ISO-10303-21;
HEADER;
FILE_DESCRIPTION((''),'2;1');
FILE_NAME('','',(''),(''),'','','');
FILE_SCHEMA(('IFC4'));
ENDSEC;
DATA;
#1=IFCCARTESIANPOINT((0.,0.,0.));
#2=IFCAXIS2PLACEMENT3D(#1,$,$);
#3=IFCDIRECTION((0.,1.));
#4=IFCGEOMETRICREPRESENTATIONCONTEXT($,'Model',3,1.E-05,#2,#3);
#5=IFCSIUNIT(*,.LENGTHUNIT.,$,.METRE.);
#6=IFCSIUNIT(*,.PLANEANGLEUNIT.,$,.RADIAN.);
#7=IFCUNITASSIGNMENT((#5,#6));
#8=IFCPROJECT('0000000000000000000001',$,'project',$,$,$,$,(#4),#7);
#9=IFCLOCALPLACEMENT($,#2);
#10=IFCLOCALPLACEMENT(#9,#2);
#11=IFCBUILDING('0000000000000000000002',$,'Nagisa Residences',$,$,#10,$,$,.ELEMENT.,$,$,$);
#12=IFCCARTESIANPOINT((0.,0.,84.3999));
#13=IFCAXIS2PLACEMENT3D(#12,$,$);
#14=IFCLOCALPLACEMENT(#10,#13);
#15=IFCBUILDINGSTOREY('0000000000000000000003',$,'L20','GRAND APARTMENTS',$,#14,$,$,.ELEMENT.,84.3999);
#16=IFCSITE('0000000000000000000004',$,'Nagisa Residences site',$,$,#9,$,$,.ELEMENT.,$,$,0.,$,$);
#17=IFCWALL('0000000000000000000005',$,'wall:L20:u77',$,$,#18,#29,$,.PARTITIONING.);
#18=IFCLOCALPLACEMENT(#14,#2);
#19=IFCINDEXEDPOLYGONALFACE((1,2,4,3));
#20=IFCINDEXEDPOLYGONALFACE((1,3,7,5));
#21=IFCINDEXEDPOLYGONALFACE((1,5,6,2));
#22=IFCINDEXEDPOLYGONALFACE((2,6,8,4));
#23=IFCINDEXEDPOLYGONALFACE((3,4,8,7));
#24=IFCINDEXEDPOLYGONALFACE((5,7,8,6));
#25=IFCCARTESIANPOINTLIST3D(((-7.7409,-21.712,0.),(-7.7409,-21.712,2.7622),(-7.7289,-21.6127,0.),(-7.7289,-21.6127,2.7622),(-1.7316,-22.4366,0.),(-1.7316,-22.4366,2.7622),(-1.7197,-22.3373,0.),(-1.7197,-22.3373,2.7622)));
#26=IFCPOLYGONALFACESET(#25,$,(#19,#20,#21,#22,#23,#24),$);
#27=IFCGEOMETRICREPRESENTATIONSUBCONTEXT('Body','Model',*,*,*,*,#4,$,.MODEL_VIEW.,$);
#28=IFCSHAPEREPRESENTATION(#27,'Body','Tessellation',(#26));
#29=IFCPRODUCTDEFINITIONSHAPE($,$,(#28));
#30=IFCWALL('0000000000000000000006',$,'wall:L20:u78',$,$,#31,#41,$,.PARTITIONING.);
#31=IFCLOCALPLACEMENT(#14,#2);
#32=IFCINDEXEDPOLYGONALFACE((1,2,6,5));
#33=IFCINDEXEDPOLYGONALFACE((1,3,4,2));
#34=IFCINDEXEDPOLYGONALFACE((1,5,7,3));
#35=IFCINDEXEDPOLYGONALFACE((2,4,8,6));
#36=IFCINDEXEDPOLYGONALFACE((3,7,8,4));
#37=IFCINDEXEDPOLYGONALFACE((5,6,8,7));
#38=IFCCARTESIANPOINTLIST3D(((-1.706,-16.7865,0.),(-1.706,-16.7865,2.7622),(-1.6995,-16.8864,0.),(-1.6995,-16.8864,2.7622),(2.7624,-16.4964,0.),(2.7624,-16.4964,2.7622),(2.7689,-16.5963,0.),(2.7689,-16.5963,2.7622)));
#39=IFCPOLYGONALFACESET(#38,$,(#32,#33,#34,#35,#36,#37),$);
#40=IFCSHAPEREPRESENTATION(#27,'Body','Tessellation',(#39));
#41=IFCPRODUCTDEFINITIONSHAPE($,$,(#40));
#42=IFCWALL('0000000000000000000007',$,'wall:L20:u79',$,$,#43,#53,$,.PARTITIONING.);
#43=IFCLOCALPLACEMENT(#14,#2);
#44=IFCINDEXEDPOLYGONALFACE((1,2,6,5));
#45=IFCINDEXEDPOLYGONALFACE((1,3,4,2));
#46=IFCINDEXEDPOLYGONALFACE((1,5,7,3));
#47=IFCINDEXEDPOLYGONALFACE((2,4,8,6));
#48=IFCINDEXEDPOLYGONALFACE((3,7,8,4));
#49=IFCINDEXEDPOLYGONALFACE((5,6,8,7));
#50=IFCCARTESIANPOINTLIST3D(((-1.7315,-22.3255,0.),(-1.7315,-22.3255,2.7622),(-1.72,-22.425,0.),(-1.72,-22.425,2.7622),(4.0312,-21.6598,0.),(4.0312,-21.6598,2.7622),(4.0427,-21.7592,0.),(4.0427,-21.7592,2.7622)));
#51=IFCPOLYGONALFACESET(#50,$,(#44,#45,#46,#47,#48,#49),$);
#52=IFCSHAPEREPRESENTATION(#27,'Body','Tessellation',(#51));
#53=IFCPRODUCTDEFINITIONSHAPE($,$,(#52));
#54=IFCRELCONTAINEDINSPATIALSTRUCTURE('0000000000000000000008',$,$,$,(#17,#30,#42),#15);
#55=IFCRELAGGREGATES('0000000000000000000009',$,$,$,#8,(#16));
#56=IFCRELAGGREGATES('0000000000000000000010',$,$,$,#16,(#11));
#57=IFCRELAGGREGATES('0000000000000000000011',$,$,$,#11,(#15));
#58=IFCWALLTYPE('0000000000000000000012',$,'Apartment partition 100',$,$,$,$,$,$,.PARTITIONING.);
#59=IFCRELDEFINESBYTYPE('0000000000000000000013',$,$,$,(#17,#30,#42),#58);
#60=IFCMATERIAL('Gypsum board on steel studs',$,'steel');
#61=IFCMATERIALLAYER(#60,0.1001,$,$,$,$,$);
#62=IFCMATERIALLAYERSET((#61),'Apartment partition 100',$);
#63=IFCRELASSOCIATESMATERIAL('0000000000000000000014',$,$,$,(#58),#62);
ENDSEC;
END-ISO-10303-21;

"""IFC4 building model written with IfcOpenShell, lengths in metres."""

from ifc_helpers import new_model, si_unit, direction, frame, frame_2d, origin, place, context, subcontext, project, spatial, rectangle, extrude, material, layer, layer_set, type_object, element, save


model = new_model("IFC4")

# Units and contexts
model_context = context("Model", 3, precision=1e-05, world=origin(), true_north=direction((0.0, 1.0)))
body_context = subcontext(model_context, "Body", "Model", "MODEL_VIEW")
ifc_project = project(units=[si_unit("LENGTHUNIT", "METRE"), si_unit("PLANEANGLEUNIT", "RADIAN")], contexts=[model_context])

# Site, building, storey
site_placement = place(None, origin())
site = spatial("IfcSite", under=ifc_project, at=site_placement, Name="Nagisa Residences site", CompositionType="ELEMENT", RefElevation=0.0)
building_placement = place(site_placement, origin())
building = spatial("IfcBuilding", under=site, at=building_placement, Name="Nagisa Residences", CompositionType="ELEMENT")
storey_placement = place(building_placement, frame((0.0, 0.0, 84.3999)))
storey = spatial("IfcBuildingStorey", under=building, at=storey_placement, Name="L20", Description="GRAND APARTMENTS", CompositionType="ELEMENT", Elevation=84.3999)

# Shared definitions
ifc_material_1 = material(Name="Gypsum board on steel studs", Category="steel")
ifc_layer_1 = layer(ifc_material_1, 0.1001)
ifc_layer_set_1 = layer_set([ifc_layer_1], Name="Apartment partition 100")
wall_type_1 = type_object("IfcWallType", Name="Apartment partition 100", PredefinedType="PARTITIONING", material=ifc_layer_set_1)

# Walls
wall_1_placement = place(storey_placement, frame((-7.7349, -21.6624, 0.0), z_axis=(0.0, 0.0, 1.0), x_axis=(0.992808, -0.119715, 0.0)))
element("IfcWall", 1, at=wall_1_placement, inside=storey, type_object=wall_type_1, Name="wall:L20:u77", PredefinedType="PARTITIONING", context=body_context, shape_type="SweptSolid", body=[
    extrude(rectangle(XDim=6.0527, YDim=0.1001, at=frame_2d((3.0264, 0.0))), origin(), (0.0, 0.0, 1.0), 2.7622),
])
wall_2_placement = place(storey_placement, frame((-1.7026, -16.8364, 0.0), z_axis=(0.0, 0.0, 1.0), x_axis=(0.9979, 0.064775, 0.0)))
element("IfcWall", 2, at=wall_2_placement, inside=storey, type_object=wall_type_1, Name="wall:L20:u78", PredefinedType="PARTITIONING", context=body_context, shape_type="SweptSolid", body=[
    extrude(rectangle(XDim=4.4778, YDim=0.1001, at=frame_2d((2.2388, 0.0))), origin(), (0.0, 0.0, 1.0), 2.7622),
])
wall_3_placement = place(storey_placement, frame((-1.7256, -22.3752, 0.0), z_axis=(0.0, 0.0, 1.0), x_axis=(0.993392, 0.114768, 0.0)))
element("IfcWall", 3, at=wall_3_placement, inside=storey, type_object=wall_type_1, Name="wall:L20:u79", PredefinedType="PARTITIONING", context=body_context, shape_type="SweptSolid", body=[
    extrude(rectangle(XDim=5.801, YDim=0.1001, at=frame_2d((2.9004, 0.0))), origin(), (0.0, 0.0, 1.0), 2.7622),
])

save(model, "model.ifc")
